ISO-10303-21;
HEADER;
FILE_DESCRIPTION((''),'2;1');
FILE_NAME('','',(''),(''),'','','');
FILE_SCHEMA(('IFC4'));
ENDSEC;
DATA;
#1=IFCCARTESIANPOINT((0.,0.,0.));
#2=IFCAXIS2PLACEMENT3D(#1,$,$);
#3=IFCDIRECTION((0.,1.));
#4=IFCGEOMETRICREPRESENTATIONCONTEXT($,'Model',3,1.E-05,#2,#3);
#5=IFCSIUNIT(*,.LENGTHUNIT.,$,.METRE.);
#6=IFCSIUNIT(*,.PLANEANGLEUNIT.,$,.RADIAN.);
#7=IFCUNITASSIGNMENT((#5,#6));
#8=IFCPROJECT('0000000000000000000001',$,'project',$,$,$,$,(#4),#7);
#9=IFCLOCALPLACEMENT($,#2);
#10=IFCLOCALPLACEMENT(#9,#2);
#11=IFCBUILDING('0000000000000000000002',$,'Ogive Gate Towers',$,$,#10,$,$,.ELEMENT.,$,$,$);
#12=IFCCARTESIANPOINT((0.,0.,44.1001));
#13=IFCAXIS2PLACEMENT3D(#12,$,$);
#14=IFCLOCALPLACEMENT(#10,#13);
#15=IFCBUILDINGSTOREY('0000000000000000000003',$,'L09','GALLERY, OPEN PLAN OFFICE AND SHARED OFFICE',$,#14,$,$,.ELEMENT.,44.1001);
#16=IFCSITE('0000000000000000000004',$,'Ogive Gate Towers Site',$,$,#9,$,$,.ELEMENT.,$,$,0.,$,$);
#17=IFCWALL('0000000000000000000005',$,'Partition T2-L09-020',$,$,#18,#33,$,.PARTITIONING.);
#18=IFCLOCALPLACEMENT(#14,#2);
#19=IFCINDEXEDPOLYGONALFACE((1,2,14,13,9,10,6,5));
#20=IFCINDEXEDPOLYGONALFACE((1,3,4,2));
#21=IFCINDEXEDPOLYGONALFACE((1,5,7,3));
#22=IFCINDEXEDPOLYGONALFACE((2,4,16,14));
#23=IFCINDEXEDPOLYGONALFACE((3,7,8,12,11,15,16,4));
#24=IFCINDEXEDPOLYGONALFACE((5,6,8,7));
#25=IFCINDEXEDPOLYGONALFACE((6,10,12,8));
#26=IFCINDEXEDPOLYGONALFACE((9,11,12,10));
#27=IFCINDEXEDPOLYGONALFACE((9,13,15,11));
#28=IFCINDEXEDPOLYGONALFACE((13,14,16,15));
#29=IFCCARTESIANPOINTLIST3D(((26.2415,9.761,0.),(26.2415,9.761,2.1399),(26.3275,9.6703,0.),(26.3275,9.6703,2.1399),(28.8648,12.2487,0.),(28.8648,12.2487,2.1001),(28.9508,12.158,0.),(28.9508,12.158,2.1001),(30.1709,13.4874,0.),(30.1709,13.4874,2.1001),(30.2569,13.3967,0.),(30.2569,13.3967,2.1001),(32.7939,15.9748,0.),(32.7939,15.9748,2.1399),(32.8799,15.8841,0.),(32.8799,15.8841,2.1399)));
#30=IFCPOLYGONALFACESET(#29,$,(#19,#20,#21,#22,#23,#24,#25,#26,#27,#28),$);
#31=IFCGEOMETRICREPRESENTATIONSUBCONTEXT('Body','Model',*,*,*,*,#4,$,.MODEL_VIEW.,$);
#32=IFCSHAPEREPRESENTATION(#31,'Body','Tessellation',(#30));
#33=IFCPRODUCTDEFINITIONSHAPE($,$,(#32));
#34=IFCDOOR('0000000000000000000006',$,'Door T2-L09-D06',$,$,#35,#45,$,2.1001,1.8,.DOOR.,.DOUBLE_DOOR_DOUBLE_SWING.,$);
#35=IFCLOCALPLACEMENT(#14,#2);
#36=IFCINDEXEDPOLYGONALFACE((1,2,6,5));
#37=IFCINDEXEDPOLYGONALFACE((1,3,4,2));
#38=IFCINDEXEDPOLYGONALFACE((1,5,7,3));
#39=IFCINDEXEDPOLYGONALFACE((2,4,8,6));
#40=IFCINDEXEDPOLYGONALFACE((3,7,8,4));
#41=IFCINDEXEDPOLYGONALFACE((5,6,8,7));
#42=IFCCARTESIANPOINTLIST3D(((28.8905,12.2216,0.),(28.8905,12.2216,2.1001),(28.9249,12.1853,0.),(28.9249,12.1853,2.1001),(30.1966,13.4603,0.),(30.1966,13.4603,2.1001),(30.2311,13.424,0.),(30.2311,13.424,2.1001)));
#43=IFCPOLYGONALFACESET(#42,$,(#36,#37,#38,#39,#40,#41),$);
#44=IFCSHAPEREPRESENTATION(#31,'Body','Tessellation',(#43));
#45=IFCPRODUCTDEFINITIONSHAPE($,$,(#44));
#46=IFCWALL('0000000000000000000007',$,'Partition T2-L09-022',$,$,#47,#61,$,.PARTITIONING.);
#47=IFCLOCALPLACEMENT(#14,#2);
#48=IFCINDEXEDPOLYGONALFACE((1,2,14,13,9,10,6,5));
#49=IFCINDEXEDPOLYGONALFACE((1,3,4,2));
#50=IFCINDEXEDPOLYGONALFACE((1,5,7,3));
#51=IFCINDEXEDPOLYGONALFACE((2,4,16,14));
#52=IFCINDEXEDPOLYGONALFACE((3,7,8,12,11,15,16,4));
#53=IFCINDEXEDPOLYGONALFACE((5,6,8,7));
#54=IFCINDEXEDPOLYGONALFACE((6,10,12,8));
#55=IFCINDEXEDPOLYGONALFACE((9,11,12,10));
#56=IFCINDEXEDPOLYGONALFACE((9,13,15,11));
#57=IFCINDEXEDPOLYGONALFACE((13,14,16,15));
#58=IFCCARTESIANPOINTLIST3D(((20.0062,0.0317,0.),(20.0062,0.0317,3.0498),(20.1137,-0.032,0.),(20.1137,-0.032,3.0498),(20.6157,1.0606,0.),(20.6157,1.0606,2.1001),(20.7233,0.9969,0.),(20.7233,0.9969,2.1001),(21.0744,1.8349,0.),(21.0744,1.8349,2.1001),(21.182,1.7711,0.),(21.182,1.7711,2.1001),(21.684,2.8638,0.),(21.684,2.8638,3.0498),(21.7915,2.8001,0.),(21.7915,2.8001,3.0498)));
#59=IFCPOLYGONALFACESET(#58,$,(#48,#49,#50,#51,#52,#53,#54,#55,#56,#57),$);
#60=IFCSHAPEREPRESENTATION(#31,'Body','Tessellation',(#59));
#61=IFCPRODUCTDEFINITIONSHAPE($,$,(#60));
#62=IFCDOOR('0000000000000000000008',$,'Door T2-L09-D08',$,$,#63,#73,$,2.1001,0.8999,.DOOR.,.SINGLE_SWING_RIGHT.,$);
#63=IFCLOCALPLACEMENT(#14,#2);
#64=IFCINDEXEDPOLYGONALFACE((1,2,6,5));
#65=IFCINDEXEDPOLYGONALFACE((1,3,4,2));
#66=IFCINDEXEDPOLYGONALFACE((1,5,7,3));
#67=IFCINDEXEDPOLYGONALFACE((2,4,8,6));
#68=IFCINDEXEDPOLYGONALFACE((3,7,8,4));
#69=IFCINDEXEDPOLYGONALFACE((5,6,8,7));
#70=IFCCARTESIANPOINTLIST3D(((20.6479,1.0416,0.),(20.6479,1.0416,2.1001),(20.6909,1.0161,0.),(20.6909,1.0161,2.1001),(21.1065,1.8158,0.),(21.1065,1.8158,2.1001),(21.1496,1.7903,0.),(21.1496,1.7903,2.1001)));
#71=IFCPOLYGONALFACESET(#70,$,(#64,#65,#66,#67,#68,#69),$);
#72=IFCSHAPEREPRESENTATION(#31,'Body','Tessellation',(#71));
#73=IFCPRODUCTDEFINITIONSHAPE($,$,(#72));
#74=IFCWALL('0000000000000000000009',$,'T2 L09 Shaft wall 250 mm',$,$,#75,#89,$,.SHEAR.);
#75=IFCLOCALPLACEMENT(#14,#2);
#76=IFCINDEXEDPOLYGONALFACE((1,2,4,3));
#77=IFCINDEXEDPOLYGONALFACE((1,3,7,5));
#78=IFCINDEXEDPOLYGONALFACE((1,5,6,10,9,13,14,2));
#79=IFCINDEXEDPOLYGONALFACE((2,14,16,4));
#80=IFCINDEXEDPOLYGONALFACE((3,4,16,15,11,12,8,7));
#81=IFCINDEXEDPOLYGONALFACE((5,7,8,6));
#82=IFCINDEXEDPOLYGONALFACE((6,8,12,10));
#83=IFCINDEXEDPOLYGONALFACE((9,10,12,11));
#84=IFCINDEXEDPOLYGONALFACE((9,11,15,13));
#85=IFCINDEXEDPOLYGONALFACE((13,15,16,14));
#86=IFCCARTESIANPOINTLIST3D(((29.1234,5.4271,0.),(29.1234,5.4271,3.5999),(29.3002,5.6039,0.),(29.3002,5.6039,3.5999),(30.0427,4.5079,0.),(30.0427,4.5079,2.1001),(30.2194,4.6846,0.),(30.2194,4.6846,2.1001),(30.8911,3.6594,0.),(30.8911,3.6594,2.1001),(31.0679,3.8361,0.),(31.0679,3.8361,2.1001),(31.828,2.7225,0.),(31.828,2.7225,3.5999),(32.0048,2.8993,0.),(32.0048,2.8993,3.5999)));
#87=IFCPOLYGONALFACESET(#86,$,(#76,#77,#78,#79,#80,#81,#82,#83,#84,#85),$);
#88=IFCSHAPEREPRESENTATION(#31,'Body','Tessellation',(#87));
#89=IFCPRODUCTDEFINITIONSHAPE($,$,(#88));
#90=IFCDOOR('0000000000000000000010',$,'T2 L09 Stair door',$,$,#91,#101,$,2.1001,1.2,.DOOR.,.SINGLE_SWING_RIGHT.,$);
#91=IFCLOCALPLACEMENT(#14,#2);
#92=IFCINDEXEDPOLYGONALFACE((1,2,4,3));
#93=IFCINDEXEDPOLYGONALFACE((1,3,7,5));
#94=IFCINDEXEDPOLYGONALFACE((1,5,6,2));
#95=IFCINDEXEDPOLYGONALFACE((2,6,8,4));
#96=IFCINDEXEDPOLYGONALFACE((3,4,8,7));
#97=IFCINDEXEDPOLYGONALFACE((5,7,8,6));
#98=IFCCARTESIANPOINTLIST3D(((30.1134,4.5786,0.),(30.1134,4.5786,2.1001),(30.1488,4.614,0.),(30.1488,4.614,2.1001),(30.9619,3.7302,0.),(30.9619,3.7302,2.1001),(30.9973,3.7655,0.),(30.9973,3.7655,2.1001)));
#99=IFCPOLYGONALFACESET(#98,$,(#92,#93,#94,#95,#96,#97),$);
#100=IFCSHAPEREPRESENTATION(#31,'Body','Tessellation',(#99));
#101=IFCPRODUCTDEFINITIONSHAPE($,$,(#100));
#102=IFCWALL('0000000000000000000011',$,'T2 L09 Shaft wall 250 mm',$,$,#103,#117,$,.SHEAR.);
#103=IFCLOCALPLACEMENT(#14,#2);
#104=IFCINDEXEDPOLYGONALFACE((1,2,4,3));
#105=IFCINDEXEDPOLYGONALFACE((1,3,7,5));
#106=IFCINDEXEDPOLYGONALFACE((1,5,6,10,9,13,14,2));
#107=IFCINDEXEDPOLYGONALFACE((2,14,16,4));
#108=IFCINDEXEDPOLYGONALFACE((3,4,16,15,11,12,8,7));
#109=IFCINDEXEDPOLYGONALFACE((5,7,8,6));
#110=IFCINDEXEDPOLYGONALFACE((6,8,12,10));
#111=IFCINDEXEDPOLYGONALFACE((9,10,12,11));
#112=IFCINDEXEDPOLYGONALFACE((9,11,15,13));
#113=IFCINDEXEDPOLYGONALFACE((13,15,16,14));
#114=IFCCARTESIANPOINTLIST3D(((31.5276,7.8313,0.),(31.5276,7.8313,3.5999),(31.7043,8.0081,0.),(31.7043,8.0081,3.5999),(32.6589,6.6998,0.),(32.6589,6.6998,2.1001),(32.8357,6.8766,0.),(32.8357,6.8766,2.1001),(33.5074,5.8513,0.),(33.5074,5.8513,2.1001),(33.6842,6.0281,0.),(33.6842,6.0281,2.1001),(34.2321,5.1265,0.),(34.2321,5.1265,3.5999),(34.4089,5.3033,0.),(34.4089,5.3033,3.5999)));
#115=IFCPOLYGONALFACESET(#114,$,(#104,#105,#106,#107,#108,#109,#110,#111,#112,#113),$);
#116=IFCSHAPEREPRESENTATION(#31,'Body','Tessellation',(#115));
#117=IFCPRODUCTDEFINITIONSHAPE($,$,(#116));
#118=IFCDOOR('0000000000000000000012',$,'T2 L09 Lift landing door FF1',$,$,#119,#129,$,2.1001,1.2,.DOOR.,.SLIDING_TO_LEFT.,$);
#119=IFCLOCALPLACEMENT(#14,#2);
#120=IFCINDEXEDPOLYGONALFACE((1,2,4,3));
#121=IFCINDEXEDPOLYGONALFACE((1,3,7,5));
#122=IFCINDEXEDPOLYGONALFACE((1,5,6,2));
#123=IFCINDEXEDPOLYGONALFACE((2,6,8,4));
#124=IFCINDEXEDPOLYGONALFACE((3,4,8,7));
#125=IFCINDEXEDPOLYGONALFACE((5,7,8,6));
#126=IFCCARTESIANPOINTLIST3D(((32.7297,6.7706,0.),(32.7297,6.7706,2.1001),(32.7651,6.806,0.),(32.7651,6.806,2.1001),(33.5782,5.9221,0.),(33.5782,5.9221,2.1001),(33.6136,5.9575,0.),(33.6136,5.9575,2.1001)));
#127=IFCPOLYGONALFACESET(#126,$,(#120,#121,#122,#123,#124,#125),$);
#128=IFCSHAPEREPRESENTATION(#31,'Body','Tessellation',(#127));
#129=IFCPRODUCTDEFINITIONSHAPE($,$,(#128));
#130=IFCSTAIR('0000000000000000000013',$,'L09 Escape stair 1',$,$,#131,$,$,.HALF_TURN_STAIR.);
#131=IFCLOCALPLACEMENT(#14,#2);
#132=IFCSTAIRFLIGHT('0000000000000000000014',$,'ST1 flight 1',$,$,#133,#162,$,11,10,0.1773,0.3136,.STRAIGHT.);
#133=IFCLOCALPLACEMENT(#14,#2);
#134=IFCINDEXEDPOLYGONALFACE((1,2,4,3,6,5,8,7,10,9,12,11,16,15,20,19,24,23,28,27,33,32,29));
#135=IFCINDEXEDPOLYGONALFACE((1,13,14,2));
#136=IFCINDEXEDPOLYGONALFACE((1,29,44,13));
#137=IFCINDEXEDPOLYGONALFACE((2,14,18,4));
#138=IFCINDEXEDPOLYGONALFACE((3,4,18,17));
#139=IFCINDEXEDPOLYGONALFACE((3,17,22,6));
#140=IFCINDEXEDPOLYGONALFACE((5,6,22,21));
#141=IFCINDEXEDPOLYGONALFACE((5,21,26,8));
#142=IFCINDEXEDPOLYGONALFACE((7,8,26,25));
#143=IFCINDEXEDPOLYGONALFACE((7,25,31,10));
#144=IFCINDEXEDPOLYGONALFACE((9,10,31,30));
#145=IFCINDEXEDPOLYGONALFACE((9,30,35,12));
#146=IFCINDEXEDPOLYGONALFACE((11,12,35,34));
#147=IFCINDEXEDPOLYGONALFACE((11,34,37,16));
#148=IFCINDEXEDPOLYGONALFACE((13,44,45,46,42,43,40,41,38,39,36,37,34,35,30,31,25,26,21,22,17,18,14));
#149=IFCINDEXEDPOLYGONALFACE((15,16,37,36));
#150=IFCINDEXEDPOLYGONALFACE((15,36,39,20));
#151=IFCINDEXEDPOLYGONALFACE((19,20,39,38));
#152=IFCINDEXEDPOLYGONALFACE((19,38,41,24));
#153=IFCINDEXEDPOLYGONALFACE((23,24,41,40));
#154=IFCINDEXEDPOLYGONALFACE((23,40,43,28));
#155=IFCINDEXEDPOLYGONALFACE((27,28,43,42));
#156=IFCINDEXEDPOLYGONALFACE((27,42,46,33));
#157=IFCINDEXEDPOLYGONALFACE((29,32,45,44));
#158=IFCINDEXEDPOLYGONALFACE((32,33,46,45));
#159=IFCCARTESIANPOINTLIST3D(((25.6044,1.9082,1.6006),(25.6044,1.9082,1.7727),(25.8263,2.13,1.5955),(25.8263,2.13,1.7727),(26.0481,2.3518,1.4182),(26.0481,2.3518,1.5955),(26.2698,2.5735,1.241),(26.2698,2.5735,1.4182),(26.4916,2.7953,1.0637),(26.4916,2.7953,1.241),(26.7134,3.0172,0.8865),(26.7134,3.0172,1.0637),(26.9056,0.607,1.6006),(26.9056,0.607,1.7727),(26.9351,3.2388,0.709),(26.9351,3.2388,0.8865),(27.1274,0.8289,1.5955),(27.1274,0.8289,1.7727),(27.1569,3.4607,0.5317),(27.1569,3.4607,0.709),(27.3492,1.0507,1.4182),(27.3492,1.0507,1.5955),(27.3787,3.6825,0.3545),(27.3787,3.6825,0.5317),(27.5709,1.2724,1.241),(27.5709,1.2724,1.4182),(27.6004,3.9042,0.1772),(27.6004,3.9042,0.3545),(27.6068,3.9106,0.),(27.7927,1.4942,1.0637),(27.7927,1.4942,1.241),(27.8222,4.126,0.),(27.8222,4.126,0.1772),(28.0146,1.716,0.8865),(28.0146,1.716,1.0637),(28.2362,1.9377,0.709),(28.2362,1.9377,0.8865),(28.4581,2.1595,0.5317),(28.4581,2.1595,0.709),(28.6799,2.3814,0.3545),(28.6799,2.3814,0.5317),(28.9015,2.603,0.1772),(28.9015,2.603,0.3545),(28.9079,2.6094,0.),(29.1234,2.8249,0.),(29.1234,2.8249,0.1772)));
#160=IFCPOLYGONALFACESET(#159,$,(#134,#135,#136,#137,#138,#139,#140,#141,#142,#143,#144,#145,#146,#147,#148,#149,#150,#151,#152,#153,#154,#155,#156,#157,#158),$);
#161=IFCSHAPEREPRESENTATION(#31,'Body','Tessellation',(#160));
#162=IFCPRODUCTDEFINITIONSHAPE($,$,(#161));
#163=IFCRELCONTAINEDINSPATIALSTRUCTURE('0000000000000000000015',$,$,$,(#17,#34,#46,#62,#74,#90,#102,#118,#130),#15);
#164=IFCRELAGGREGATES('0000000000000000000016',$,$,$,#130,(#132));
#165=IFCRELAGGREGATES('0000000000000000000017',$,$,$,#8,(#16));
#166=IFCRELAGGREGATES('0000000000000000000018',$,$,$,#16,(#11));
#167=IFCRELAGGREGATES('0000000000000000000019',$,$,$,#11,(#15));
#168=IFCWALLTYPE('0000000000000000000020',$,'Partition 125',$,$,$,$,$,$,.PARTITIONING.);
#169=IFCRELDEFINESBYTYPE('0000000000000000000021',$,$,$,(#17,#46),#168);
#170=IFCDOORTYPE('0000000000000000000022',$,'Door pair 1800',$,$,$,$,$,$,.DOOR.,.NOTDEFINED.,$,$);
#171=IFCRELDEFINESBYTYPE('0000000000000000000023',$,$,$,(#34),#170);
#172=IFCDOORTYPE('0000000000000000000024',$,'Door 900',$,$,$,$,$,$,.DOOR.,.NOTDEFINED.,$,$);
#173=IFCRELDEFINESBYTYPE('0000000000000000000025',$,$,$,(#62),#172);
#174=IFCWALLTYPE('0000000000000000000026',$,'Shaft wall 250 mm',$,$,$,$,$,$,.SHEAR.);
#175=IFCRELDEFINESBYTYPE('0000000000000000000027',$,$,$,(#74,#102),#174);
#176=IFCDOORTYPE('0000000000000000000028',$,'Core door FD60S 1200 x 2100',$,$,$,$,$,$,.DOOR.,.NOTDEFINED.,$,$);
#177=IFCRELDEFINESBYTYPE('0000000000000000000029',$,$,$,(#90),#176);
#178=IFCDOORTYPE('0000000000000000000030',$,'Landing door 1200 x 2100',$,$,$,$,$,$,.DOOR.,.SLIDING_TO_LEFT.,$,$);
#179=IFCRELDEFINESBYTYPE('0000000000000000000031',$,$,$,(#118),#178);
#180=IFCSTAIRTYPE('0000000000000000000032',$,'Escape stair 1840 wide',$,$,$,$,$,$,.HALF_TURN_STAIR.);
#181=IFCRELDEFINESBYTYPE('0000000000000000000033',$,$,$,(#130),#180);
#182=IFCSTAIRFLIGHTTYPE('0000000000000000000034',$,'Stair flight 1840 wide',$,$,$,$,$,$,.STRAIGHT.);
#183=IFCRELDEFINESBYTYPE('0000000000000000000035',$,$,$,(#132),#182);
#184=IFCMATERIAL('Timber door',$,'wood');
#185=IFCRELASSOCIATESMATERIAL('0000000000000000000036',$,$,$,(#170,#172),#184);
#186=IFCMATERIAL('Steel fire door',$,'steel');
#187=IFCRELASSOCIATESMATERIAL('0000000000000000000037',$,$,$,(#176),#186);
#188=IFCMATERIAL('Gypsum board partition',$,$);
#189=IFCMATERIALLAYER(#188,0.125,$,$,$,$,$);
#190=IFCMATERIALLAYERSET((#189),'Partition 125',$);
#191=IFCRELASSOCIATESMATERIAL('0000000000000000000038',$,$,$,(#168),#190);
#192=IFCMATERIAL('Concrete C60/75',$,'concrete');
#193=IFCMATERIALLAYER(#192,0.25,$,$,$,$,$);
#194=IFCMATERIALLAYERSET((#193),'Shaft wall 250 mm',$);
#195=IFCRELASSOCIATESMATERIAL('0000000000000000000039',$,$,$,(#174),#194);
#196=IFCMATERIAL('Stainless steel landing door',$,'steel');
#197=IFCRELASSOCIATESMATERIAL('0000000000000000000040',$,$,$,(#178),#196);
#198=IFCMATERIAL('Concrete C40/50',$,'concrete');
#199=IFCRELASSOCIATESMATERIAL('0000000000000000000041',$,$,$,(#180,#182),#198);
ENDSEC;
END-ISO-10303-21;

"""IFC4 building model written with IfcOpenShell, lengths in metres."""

from ifc_helpers import new_model, si_unit, direction, frame, frame_2d, origin, place, context, subcontext, project, spatial, polyline, rectangle, outline, extrude, material, layer, layer_set, type_object, element, fill, aggregate, save


model = new_model("IFC4")

# Units and contexts
model_context = context("Model", 3, precision=1e-05, world=origin(), true_north=direction((0.0, 1.0)))
body_context = subcontext(model_context, "Body", "Model", "MODEL_VIEW")
ifc_project = project(units=[si_unit("LENGTHUNIT", "METRE"), si_unit("PLANEANGLEUNIT", "RADIAN")], contexts=[model_context])

# Site, building, storey
site_placement = place(None, origin())
site = spatial("IfcSite", under=ifc_project, at=site_placement, Name="Ogive Gate Towers Site", CompositionType="ELEMENT", RefElevation=0.0)
building_placement = place(site_placement, origin())
building = spatial("IfcBuilding", under=site, at=building_placement, Name="Ogive Gate Towers", CompositionType="ELEMENT")
storey_placement = place(building_placement, frame((0.0, 0.0, 44.1001)))
storey = spatial("IfcBuildingStorey", under=building, at=storey_placement, Name="L09", Description="GALLERY, OPEN PLAN OFFICE AND SHARED OFFICE", CompositionType="ELEMENT", Elevation=44.1001)

# Shared definitions
ifc_material_1 = material(Name="Concrete C40/50", Category="concrete")

# Shared definitions
ifc_material_2 = material(Name="Timber door", Category="wood")
door_type_1 = type_object("IfcDoorType", Name="Door pair 1800", OperationType="NOTDEFINED", PredefinedType="DOOR", material=ifc_material_2)

# Shared definitions
ifc_material_3 = material(Name="Concrete C60/75", Category="concrete")
ifc_material_4 = material(Name="Steel fire door", Category="steel")
door_type_2 = type_object("IfcDoorType", Name="Core door FD60S 1200 x 2100", OperationType="NOTDEFINED", PredefinedType="DOOR", material=ifc_material_4)

# Walls, openings, doors
ifc_material_5 = material(Name="Gypsum board partition")
ifc_layer_1 = layer(ifc_material_5, 0.125)
ifc_layer_set_1 = layer_set([ifc_layer_1], Name="Partition 125")
wall_type_1 = type_object("IfcWallType", Name="Partition 125", PredefinedType="PARTITIONING", material=ifc_layer_set_1)
wall_1_placement = place(storey_placement, frame((32.8369, 15.9294, 0.0), z_axis=(0.0, 0.0, 1.0), x_axis=(-0.725607, -0.688109, 0.0)))
wall_1 = element("IfcWall", 1, at=wall_1_placement, inside=storey, type_object=wall_type_1, Name="Partition T2-L09-020", PredefinedType="PARTITIONING", context=body_context, shape_type="SweptSolid", body=[
    extrude(rectangle(XDim=9.0303, YDim=0.125, at=frame_2d((4.5151, 0.0))), origin(), (0.0, 0.0, 1.0), 2.1399),
])
opening_1_placement = place(wall_1_placement, frame((3.615, 0.0, 0.0)))
opening_1 = element("IfcOpeningElement", 2, at=opening_1_placement, cuts=wall_1, PredefinedType="OPENING", context=body_context, shape_type="SweptSolid", body=[
    extrude(rectangle(XDim=1.8, YDim=2.1001, at=frame_2d((0.8999, 1.05))), frame((0.0, 0.0725, 0.0), z_axis=(0.0, -1.0, 0.0), x_axis=(1.0, 0.0, 0.0)), (0.0, 0.0, 1.0), 0.145),
])
door_1_placement = place(opening_1_placement, origin())
door_1 = element("IfcDoor", 3, at=door_1_placement, inside=storey, type_object=door_type_1, Name="Door T2-L09-D06", OperationType="DOUBLE_DOOR_DOUBLE_SWING", OverallHeight=2.1001, OverallWidth=1.8, PredefinedType="DOOR", context=body_context, shape_type="SweptSolid", body=[
    extrude(rectangle(XDim=1.8, YDim=2.1001, at=frame_2d((0.8999, 1.05))), frame((0.0, 0.0249, 0.0), z_axis=(0.0, -1.0, 0.0), x_axis=(1.0, 0.0, 0.0)), (0.0, 0.0, 1.0), 0.05),
])
fill(opening_1, door_1)
wall_2_placement = place(storey_placement, frame((21.7378, 2.832, 0.0), z_axis=(0.0, 0.0, 1.0), x_axis=(-0.509689, -0.860359, 0.0)))
wall_2 = element("IfcWall", 4, at=wall_2_placement, inside=storey, type_object=wall_type_1, Name="Partition T2-L09-022", PredefinedType="PARTITIONING", context=body_context, shape_type="SweptSolid", body=[
    extrude(rectangle(XDim=3.2917, YDim=0.125, at=frame_2d((1.646, 0.0))), origin(), (0.0, 0.0, 1.0), 3.0498),
])
opening_2_placement = place(wall_2_placement, frame((1.196, 0.0, 0.0)))
opening_2 = element("IfcOpeningElement", 5, at=opening_2_placement, cuts=wall_2, PredefinedType="OPENING", context=body_context, shape_type="SweptSolid", body=[
    extrude(rectangle(XDim=0.8999, YDim=2.1001, at=frame_2d((0.45, 1.05))), frame((0.0, 0.0725, 0.0), z_axis=(0.0, -1.0, 0.0), x_axis=(1.0, 0.0, 0.0)), (0.0, 0.0, 1.0), 0.145),
])
door_type_3 = type_object("IfcDoorType", Name="Door 900", OperationType="NOTDEFINED", PredefinedType="DOOR", material=ifc_material_2)
door_2_placement = place(opening_2_placement, origin())
door_2 = element("IfcDoor", 6, at=door_2_placement, inside=storey, type_object=door_type_3, Name="Door T2-L09-D08", OperationType="SINGLE_SWING_RIGHT", OverallHeight=2.1001, OverallWidth=0.8999, PredefinedType="DOOR", context=body_context, shape_type="SweptSolid", body=[
    extrude(rectangle(XDim=0.8999, YDim=2.1001, at=frame_2d((0.45, 1.05))), frame((0.0, 0.0249, 0.0), z_axis=(0.0, -1.0, 0.0), x_axis=(1.0, 0.0, 0.0)), (0.0, 0.0, 1.0), 0.05),
])
fill(opening_2, door_2)
ifc_layer_2 = layer(ifc_material_3, 0.25)
ifc_layer_set_2 = layer_set([ifc_layer_2], Name="Shaft wall 250 mm")
wall_type_2 = type_object("IfcWallType", Name="Shaft wall 250 mm", PredefinedType="SHEAR", material=ifc_layer_set_2)
wall_3_placement = place(storey_placement, frame((31.9165, 2.8108, 0.0), z_axis=(0.0, 0.0, 1.0), x_axis=(-0.707107, 0.707107, 0.0)))
wall_3 = element("IfcWall", 7, at=wall_3_placement, inside=storey, type_object=wall_type_2, Name="T2 L09 Shaft wall 250 mm", PredefinedType="SHEAR", context=body_context, shape_type="SweptSolid", body=[
    extrude(rectangle(XDim=3.825, YDim=0.25, at=frame_2d((1.9126, 0.0))), origin(), (0.0, 0.0, 1.0), 3.5999),
])
opening_3_placement = place(wall_3_placement, frame((1.325, 0.0, 0.0)))
opening_3 = element("IfcOpeningElement", 8, at=opening_3_placement, cuts=wall_3, PredefinedType="OPENING", context=body_context, shape_type="SweptSolid", body=[
    extrude(rectangle(XDim=1.2, YDim=2.1001, at=frame_2d((0.6001, 1.05))), frame((0.0, 0.135, 0.0), z_axis=(0.0, -1.0, 0.0), x_axis=(1.0, 0.0, 0.0)), (0.0, 0.0, 1.0), 0.27),
])
door_3_placement = place(opening_3_placement, origin())
door_3 = element("IfcDoor", 9, at=door_3_placement, inside=storey, type_object=door_type_2, Name="T2 L09 Stair door", OperationType="SINGLE_SWING_RIGHT", OverallHeight=2.1001, OverallWidth=1.2, PredefinedType="DOOR", context=body_context, shape_type="SweptSolid", body=[
    extrude(rectangle(XDim=1.2, YDim=2.1001, at=frame_2d((0.6001, 1.05))), frame((0.0, 0.0249, 0.0), z_axis=(0.0, -1.0, 0.0), x_axis=(1.0, 0.0, 0.0)), (0.0, 0.0, 1.0), 0.05),
])
fill(opening_3, door_3)
wall_4_placement = place(storey_placement, frame((34.3206, 5.2148, 0.0), z_axis=(0.0, 0.0, 1.0), x_axis=(-0.707075, 0.707139, 0.0)))
wall_4 = element("IfcWall", 10, at=wall_4_placement, inside=storey, type_object=wall_type_2, Name="T2 L09 Shaft wall 250 mm", PredefinedType="SHEAR", context=body_context, shape_type="SweptSolid", body=[
    extrude(rectangle(XDim=3.825, YDim=0.25, at=frame_2d((1.9126, 0.0))), origin(), (0.0, 0.0, 1.0), 3.5999),
])
opening_4_placement = place(wall_4_placement, frame((1.0249, 0.0, 0.0)))
opening_4 = element("IfcOpeningElement", 11, at=opening_4_placement, cuts=wall_4, PredefinedType="OPENING", context=body_context, shape_type="SweptSolid", body=[
    extrude(rectangle(XDim=1.2, YDim=2.1001, at=frame_2d((0.6001, 1.05))), frame((0.0, 0.135, 0.0), z_axis=(0.0, -1.0, 0.0), x_axis=(1.0, 0.0, 0.0)), (0.0, 0.0, 1.0), 0.27),
])
ifc_material_6 = material(Name="Stainless steel landing door", Category="steel")
door_type_4 = type_object("IfcDoorType", Name="Landing door 1200 x 2100", OperationType="SLIDING_TO_LEFT", PredefinedType="DOOR", material=ifc_material_6)
door_4_placement = place(opening_4_placement, origin())
door_4 = element("IfcDoor", 12, at=door_4_placement, inside=storey, type_object=door_type_4, Name="T2 L09 Lift landing door FF1", OperationType="SLIDING_TO_LEFT", OverallHeight=2.1001, OverallWidth=1.2, PredefinedType="DOOR", context=body_context, shape_type="SweptSolid", body=[
    extrude(rectangle(XDim=1.2, YDim=2.1001, at=frame_2d((0.6001, 1.05))), frame((0.0, 0.0249, 0.0), z_axis=(0.0, -1.0, 0.0), x_axis=(1.0, 0.0, 0.0)), (0.0, 0.0, 1.0), 0.05),
])
fill(opening_4, door_4)

# Stair, stair flight
stair_type = type_object("IfcStairType", Name="Escape stair 1840 wide", PredefinedType="HALF_TURN_STAIR", material=ifc_material_1)
stair_placement = place(storey_placement, origin())
stair = element("IfcStair", 13, at=stair_placement, inside=storey, type_object=stair_type, Name="L09 Escape stair 1", PredefinedType="HALF_TURN_STAIR")
stair_flight_type = type_object("IfcStairFlightType", Name="Stair flight 1840 wide", PredefinedType="STRAIGHT", material=ifc_material_1)
stair_flight_placement = place(storey_placement, frame((28.4729, 3.4753, 0.0), z_axis=(0.0, 0.0, 1.0), x_axis=(-0.707107, -0.707107, 0.0)))
stair_flight = element("IfcStairFlight", 14, at=stair_flight_placement, type_object=stair_flight_type, Name="ST1 flight 1", NumberOfRisers=11, NumberOfTreads=10, PredefinedType="STRAIGHT", RiserHeight=0.1773, TreadLength=0.3136, context=body_context, shape_type="SweptSolid", body=[
    extrude(outline(polyline([(0.0, 0.0), (0.0, 0.1772), (0.3137, 0.1772), (0.3137, 0.3545), (0.6272, 0.3545), (0.6272, 0.5317), (0.9409, 0.5317), (0.9409, 0.709), (1.2546, 0.709), (1.2546, 0.8865), (1.5681, 0.8865), (1.5681, 1.0637), (1.8818, 1.0637), (1.8818, 1.241), (2.1956, 1.241), (2.1956, 1.4182), (2.509, 1.4182), (2.509, 1.5955), (2.8228, 1.5955), (2.8228, 1.7727), (3.1365, 1.7727), (3.1365, 1.95), (3.1365, 1.6006), (0.3047, 0.0), (0.0, 0.0)])), frame((0.0, 0.9199, 0.0), z_axis=(0.0, -1.0, 0.0), x_axis=(1.0, 0.0, 0.0)), (0.0, 0.0, 1.0), 1.8401),
])
aggregate(stair, [stair_flight])

save(model, "model.ifc")
